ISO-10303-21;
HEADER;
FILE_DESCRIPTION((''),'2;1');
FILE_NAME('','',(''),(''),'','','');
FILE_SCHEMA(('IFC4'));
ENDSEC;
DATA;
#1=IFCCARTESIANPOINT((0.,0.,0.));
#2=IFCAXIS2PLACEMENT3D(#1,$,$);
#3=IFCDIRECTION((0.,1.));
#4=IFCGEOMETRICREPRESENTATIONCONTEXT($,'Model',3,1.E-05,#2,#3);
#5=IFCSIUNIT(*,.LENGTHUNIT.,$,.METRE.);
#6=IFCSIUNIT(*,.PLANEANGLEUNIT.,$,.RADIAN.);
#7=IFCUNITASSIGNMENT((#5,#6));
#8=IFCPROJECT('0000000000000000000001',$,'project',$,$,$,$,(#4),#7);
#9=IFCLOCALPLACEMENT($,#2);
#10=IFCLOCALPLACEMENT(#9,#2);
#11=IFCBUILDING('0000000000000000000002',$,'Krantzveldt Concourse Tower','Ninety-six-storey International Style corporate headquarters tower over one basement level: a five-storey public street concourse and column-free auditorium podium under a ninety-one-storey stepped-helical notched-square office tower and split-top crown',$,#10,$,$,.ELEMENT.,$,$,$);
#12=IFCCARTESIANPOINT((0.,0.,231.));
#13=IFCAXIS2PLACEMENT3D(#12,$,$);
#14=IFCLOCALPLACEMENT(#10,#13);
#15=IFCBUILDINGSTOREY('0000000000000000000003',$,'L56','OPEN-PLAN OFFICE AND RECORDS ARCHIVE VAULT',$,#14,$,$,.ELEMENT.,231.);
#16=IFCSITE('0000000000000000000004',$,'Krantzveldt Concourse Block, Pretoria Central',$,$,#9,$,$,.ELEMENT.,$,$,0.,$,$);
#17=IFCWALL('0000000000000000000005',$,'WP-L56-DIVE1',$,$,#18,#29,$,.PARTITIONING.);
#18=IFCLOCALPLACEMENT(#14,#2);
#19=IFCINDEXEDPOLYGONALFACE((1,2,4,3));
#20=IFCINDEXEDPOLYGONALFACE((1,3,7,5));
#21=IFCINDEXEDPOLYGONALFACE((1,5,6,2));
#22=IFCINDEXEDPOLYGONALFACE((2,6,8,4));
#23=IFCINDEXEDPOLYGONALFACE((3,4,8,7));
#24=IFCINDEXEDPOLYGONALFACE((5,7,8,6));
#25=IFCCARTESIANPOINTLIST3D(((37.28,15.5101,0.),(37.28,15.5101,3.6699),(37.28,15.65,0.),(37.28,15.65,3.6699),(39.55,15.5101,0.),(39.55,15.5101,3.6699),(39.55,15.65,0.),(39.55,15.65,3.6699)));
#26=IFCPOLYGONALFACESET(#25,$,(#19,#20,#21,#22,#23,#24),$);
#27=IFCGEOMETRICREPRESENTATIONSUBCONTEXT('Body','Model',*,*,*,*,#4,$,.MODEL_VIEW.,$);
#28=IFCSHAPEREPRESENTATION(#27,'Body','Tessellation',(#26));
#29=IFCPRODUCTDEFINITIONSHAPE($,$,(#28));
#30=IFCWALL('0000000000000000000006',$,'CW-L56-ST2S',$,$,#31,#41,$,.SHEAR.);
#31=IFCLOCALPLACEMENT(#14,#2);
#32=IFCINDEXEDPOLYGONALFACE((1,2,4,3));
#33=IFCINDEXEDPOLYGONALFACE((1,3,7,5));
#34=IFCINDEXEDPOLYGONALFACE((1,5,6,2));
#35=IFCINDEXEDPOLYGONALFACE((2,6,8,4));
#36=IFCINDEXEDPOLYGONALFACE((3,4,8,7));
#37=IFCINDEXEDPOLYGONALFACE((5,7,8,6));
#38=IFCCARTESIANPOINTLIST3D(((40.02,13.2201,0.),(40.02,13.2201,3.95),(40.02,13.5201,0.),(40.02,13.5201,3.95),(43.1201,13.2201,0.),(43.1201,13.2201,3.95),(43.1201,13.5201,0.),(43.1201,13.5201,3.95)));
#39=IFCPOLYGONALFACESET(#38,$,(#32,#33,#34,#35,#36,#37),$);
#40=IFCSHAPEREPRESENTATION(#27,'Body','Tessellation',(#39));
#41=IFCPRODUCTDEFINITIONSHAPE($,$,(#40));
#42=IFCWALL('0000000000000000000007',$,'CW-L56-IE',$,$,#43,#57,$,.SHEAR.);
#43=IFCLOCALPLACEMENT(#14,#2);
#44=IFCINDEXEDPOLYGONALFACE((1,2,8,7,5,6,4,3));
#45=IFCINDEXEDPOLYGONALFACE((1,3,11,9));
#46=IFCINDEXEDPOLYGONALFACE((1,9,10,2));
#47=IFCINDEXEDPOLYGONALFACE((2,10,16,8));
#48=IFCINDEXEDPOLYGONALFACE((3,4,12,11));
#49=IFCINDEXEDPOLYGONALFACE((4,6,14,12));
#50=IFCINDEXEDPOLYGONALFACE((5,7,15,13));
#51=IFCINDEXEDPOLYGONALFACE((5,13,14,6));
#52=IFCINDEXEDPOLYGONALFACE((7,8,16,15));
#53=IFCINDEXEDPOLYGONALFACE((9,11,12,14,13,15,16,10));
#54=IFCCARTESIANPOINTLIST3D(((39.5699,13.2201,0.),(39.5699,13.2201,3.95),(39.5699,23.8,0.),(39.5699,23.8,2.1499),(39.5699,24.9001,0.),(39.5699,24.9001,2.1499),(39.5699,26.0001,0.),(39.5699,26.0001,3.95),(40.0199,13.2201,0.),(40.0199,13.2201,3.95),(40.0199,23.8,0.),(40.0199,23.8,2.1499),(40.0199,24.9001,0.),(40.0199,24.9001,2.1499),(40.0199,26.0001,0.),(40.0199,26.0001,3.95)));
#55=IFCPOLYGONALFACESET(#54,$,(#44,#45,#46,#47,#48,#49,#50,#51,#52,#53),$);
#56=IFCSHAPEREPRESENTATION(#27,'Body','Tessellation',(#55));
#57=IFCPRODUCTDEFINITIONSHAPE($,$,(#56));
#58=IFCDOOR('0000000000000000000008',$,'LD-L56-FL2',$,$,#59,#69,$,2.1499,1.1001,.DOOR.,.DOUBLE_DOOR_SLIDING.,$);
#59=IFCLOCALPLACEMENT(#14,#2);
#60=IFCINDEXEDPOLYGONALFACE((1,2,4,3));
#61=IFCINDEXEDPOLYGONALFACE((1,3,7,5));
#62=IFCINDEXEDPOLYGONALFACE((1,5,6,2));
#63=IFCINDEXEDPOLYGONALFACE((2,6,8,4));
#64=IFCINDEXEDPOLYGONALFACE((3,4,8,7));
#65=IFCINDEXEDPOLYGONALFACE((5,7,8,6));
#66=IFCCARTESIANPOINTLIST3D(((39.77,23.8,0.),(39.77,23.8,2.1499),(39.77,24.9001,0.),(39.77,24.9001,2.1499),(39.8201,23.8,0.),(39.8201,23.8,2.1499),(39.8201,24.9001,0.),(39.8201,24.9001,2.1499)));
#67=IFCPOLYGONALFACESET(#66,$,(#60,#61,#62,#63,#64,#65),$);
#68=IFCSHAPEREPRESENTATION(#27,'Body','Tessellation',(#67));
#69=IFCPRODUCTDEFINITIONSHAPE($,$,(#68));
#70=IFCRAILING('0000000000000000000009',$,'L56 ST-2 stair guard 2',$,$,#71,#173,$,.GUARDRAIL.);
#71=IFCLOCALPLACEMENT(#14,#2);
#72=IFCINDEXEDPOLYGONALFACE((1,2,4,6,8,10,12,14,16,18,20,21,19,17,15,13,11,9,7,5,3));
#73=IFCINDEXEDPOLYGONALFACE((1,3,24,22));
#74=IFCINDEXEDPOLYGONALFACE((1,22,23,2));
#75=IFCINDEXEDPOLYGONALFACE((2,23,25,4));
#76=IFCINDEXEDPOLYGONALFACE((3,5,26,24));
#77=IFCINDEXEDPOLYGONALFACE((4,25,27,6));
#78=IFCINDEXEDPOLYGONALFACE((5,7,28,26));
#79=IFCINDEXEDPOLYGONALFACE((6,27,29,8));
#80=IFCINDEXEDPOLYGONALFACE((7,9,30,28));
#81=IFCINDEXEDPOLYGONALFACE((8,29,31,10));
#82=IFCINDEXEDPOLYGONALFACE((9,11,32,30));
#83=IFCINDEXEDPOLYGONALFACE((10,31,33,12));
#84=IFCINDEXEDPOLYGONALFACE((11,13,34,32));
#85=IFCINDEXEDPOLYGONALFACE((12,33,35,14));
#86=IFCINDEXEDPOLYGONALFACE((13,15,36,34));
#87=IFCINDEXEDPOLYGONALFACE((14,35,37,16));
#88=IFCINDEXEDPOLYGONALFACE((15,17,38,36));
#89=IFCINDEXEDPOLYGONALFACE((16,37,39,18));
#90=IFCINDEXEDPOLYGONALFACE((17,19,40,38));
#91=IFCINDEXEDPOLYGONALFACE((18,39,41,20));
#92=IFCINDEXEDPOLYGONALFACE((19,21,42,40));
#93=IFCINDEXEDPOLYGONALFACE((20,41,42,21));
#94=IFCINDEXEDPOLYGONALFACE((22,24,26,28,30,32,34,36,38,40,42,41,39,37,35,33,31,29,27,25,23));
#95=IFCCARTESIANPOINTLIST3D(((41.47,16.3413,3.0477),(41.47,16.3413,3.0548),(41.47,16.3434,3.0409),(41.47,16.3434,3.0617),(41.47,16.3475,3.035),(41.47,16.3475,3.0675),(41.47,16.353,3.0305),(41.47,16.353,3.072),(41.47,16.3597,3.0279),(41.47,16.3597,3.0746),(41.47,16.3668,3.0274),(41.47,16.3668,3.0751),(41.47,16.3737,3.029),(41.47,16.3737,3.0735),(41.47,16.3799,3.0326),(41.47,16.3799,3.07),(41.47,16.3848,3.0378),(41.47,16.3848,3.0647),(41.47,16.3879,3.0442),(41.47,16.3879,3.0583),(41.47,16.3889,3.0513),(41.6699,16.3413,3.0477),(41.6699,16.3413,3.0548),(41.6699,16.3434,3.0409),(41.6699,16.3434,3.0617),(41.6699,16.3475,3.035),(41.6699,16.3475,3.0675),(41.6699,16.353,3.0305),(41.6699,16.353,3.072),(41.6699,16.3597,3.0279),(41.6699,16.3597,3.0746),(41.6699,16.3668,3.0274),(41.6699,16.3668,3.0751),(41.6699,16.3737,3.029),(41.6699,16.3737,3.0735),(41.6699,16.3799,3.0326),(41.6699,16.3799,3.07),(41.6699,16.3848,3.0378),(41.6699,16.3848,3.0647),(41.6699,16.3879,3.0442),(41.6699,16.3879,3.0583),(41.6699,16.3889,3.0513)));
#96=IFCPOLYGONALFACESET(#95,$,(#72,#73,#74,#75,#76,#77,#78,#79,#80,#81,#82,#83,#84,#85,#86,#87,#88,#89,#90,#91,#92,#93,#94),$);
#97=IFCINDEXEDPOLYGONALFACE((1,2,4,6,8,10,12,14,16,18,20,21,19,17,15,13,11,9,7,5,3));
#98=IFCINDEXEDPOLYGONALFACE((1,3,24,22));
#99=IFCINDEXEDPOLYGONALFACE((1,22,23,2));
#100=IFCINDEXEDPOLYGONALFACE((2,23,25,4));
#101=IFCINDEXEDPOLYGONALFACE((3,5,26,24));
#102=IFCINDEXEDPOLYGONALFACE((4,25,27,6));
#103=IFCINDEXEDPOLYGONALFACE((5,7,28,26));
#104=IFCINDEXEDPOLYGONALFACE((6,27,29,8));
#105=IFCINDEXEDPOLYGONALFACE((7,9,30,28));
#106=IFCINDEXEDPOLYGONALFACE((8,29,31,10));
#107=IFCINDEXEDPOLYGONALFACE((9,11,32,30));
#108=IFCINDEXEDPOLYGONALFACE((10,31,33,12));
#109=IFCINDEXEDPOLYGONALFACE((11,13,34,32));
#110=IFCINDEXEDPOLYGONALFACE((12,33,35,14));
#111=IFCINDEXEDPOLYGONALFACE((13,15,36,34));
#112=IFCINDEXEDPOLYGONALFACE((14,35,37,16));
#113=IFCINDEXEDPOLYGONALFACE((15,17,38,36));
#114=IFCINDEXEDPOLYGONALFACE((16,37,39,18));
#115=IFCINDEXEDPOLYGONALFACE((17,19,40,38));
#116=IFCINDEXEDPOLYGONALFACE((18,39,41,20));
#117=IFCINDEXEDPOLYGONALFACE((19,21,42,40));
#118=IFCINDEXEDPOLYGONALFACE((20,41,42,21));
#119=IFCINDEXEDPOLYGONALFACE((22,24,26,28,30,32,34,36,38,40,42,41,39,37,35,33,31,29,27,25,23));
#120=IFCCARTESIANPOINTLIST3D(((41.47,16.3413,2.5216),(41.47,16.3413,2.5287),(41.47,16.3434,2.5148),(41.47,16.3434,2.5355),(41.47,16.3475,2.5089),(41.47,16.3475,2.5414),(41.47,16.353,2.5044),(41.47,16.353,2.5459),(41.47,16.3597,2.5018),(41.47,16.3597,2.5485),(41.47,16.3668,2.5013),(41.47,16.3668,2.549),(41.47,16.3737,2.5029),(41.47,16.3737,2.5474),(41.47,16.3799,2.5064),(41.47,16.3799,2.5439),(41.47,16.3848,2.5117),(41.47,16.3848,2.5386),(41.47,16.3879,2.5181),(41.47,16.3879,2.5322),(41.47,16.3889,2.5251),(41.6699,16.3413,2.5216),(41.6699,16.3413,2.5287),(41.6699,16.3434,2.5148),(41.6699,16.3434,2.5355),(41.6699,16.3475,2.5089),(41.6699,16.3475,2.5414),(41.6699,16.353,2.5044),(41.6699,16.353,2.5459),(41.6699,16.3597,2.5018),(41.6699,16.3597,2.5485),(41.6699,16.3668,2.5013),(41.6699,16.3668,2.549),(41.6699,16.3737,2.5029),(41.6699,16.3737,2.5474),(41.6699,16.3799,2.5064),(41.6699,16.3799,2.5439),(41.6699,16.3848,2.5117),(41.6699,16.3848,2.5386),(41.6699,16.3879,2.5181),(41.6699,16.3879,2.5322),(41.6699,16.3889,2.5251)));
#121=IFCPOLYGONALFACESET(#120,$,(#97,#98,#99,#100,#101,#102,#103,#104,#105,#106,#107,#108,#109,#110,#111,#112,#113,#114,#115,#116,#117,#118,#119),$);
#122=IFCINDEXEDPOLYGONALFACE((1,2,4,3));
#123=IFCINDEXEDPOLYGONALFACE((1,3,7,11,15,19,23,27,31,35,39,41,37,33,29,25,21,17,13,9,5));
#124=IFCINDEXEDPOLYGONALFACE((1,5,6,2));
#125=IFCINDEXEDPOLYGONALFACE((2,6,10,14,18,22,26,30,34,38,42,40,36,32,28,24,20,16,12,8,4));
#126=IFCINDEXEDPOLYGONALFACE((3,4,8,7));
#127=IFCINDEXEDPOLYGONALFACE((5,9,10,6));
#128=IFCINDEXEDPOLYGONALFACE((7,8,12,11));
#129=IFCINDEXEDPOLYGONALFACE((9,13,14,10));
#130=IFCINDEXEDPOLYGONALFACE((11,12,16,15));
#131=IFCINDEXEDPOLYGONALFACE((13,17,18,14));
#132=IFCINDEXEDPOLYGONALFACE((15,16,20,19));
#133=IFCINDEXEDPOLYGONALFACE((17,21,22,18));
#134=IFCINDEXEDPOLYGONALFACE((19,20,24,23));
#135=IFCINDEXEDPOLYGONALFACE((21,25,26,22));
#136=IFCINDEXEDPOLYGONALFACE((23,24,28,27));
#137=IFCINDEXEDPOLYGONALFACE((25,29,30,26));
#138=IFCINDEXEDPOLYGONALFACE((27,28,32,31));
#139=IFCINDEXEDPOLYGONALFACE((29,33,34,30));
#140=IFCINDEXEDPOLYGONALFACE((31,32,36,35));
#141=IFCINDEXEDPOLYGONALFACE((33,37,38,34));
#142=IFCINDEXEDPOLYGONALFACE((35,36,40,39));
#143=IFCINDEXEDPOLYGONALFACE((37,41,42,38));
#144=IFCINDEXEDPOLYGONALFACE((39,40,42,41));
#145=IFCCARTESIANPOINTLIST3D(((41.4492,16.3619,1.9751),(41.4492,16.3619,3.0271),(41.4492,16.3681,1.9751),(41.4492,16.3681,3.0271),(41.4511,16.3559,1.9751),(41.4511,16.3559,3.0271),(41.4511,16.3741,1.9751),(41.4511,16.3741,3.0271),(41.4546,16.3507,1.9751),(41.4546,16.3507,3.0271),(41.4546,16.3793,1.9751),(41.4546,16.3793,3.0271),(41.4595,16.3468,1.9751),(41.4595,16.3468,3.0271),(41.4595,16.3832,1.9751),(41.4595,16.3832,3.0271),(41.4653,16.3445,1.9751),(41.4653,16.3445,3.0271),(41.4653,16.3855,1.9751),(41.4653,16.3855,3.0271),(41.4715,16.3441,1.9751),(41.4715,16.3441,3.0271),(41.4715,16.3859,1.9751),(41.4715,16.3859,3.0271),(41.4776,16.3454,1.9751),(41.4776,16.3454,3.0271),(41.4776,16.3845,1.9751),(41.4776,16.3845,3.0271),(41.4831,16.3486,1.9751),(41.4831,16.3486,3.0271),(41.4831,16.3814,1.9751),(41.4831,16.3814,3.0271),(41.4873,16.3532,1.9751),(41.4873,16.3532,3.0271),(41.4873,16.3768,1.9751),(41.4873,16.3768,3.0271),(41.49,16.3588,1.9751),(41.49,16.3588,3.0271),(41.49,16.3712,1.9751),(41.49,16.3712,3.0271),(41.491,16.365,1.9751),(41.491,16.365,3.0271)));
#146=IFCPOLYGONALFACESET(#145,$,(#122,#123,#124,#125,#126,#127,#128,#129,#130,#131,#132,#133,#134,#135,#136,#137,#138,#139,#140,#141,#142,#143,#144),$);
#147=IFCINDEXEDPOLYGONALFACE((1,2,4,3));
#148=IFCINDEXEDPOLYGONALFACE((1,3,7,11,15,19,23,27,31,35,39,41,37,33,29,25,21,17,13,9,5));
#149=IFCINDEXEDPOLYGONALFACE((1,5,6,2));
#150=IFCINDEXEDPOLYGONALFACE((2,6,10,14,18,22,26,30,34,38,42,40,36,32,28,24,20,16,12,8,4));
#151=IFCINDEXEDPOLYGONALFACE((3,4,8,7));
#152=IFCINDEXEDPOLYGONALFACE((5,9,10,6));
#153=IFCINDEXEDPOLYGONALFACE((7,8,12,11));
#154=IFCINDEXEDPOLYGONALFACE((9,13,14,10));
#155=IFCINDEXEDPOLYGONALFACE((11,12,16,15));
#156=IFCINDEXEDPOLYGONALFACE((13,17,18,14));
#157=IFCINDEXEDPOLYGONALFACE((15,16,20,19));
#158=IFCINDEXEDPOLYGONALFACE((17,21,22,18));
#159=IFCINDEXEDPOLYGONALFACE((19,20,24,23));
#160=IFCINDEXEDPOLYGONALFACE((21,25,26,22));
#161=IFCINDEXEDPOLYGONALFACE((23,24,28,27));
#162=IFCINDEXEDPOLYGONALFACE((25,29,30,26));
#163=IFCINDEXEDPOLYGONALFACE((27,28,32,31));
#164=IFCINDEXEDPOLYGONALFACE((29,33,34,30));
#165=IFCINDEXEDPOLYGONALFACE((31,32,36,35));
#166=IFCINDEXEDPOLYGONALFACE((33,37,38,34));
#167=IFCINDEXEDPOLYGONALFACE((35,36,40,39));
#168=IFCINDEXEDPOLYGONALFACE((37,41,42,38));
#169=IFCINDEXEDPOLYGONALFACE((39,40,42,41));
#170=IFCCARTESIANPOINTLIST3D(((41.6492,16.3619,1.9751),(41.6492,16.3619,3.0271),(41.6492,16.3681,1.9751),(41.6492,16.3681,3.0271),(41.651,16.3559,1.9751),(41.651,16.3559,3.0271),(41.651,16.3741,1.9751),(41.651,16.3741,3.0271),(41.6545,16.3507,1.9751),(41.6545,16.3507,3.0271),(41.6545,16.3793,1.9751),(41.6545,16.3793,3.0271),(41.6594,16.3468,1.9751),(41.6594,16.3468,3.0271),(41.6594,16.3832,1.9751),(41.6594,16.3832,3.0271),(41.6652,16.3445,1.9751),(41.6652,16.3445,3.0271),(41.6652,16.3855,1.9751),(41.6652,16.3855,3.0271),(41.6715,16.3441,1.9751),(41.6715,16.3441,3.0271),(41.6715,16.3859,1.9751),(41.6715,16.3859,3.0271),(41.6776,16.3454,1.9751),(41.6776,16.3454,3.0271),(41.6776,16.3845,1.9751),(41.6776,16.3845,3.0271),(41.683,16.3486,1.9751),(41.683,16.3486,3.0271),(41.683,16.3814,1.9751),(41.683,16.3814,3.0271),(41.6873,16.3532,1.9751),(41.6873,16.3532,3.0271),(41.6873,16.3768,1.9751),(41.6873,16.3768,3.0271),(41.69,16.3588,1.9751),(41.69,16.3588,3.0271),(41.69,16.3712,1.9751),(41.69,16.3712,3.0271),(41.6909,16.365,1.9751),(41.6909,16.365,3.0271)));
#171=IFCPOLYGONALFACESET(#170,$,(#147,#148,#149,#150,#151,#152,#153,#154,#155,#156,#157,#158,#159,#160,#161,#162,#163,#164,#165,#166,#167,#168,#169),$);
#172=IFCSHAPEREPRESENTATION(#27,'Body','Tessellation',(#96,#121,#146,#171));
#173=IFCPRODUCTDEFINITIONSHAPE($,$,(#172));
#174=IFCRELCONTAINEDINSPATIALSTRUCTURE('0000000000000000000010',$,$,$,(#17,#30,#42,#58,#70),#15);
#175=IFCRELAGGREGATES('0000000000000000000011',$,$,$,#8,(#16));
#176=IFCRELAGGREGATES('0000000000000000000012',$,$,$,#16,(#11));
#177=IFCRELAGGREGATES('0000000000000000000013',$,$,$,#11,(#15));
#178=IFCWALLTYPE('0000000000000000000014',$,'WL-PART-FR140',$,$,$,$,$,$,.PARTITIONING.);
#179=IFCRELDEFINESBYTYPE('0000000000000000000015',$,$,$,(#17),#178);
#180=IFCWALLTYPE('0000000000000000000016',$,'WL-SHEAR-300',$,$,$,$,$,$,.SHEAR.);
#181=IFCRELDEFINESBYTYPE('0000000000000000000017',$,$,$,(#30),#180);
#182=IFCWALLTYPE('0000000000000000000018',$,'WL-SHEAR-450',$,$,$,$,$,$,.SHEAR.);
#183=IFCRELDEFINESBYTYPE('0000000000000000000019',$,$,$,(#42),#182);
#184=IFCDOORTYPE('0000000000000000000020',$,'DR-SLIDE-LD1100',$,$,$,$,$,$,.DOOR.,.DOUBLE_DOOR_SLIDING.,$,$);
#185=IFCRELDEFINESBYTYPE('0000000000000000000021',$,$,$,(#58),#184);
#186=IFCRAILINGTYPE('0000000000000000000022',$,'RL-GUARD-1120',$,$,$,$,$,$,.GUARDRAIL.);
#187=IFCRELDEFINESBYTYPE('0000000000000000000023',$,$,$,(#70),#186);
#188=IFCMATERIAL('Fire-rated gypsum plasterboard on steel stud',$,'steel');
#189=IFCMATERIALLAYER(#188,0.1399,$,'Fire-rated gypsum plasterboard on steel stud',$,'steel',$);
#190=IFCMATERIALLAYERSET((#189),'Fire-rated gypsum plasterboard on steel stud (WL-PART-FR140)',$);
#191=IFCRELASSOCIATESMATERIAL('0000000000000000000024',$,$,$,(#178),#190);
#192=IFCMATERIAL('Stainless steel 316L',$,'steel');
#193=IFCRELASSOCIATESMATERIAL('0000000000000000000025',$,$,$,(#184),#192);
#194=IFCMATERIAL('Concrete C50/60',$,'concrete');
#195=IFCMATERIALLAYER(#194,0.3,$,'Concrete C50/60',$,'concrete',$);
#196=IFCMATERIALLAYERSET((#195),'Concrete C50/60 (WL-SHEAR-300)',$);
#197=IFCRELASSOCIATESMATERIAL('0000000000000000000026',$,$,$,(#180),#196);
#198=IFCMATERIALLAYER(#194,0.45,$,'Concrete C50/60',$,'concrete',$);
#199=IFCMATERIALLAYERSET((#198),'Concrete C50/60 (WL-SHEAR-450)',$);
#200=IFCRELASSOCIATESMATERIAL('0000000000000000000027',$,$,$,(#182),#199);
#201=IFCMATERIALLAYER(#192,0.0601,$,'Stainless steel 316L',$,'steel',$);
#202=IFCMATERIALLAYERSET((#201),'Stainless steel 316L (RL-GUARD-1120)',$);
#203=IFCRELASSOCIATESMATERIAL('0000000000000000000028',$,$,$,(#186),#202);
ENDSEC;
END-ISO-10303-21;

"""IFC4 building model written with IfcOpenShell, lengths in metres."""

from ifc_helpers import new_model, si_unit, direction, frame, frame_2d, origin, origin_2d, place, context, subcontext, project, spatial, rectangle, circle, extrude, material, layer, layer_set, type_object, element, fill, save


model = new_model("IFC4")

# Units and contexts
model_context = context("Model", 3, precision=1e-05, world=origin(), true_north=direction((0.0, 1.0)))
body_context = subcontext(model_context, "Body", "Model", "MODEL_VIEW")
ifc_project = project(units=[si_unit("LENGTHUNIT", "METRE"), si_unit("PLANEANGLEUNIT", "RADIAN")], contexts=[model_context])

# Site, building, storey
site_placement = place(None, origin())
site = spatial("IfcSite", under=ifc_project, at=site_placement, Name="Krantzveldt Concourse Block, Pretoria Central", CompositionType="ELEMENT", RefElevation=0.0)
building_placement = place(site_placement, origin())
building = spatial("IfcBuilding", under=site, at=building_placement, Name="Krantzveldt Concourse Tower", Description="Ninety-six-storey International Style corporate headquarters tower over one basement level: a five-storey public street concourse and column-free auditorium podium under a ninety-one-storey stepped-helical notched-square office tower and split-top crown", CompositionType="ELEMENT")
storey_placement = place(building_placement, frame((0.0, 0.0, 231.0)))
storey = spatial("IfcBuildingStorey", under=building, at=storey_placement, Name="L56", Description="OPEN-PLAN OFFICE AND RECORDS ARCHIVE VAULT", CompositionType="ELEMENT", Elevation=231.0)

# Shared definitions
ifc_material_1 = material(Name="Fire-rated gypsum plasterboard on steel stud", Category="steel")

# Shared definitions
ifc_layer_1 = layer(ifc_material_1, 0.1399, Name="Fire-rated gypsum plasterboard on steel stud", Category="steel")
ifc_layer_set_1 = layer_set([ifc_layer_1], Name="Fire-rated gypsum plasterboard on steel stud (WL-PART-FR140)")
wall_type_1 = type_object("IfcWallType", Name="WL-PART-FR140", PredefinedType="PARTITIONING", material=ifc_layer_set_1)

# Shared definitions
ifc_material_2 = material(Name="Stainless steel 316L", Category="steel")
door_type_1 = type_object("IfcDoorType", Name="DR-SLIDE-LD1100", OperationType="DOUBLE_DOOR_SLIDING", PredefinedType="DOOR", material=ifc_material_2)

# Walls
wall_1_placement = place(storey_placement, frame((37.28, 15.5801, 0.0), z_axis=(0.0, 0.0, 1.0), x_axis=(1.0, 0.0, 0.0)))
element("IfcWall", 1, at=wall_1_placement, inside=storey, type_object=wall_type_1, Name="WP-L56-DIVE1", PredefinedType="PARTITIONING", context=body_context, shape_type="SweptSolid", body=[
    extrude(rectangle(XDim=2.27, YDim=0.1399, at=frame_2d((1.135, 0.0))), origin(), (0.0, 0.0, 1.0), 3.6699),
])
ifc_material_3 = material(Name="Concrete C50/60", Category="concrete")
ifc_layer_2 = layer(ifc_material_3, 0.3, Name="Concrete C50/60", Category="concrete")
ifc_layer_set_2 = layer_set([ifc_layer_2], Name="Concrete C50/60 (WL-SHEAR-300)")
wall_type_2 = type_object("IfcWallType", Name="WL-SHEAR-300", PredefinedType="SHEAR", material=ifc_layer_set_2)
wall_2_placement = place(storey_placement, frame((40.02, 13.3701, 0.0), z_axis=(0.0, 0.0, 1.0), x_axis=(1.0, 0.0, 0.0)))
element("IfcWall", 2, at=wall_2_placement, inside=storey, type_object=wall_type_2, Name="CW-L56-ST2S", PredefinedType="SHEAR", context=body_context, shape_type="SweptSolid", body=[
    extrude(rectangle(XDim=3.1001, YDim=0.3, at=frame_2d((1.55, 0.0))), origin(), (0.0, 0.0, 1.0), 3.95),
])

# Wall, opening, door
ifc_layer_3 = layer(ifc_material_3, 0.45, Name="Concrete C50/60", Category="concrete")
ifc_layer_set_3 = layer_set([ifc_layer_3], Name="Concrete C50/60 (WL-SHEAR-450)")
wall_type_3 = type_object("IfcWallType", Name="WL-SHEAR-450", PredefinedType="SHEAR", material=ifc_layer_set_3)
wall_3_placement = place(storey_placement, frame((39.7949, 13.22, 0.0), z_axis=(0.0, 0.0, 1.0), x_axis=(0.0, 1.0, 0.0)))
wall_3 = element("IfcWall", 3, at=wall_3_placement, inside=storey, type_object=wall_type_3, Name="CW-L56-IE", PredefinedType="SHEAR", context=body_context, shape_type="SweptSolid", body=[
    extrude(rectangle(XDim=12.78, YDim=0.45, at=frame_2d((6.3901, 0.0))), origin(), (0.0, 0.0, 1.0), 3.95),
])
opening_1_placement = place(wall_3_placement, frame((10.5801, 0.0, 0.0)))
opening_1 = element("IfcOpeningElement", 4, at=opening_1_placement, cuts=wall_3, PredefinedType="OPENING", context=body_context, shape_type="SweptSolid", body=[
    extrude(rectangle(XDim=1.1001, YDim=2.1499, at=frame_2d((0.55, 1.075))), frame((0.0, 0.2349, 0.0), z_axis=(0.0, -1.0, 0.0), x_axis=(1.0, 0.0, 0.0)), (0.0, 0.0, 1.0), 0.47),
])
door_1_placement = place(opening_1_placement, origin())
door_1 = element("IfcDoor", 5, at=door_1_placement, inside=storey, type_object=door_type_1, Name="LD-L56-FL2", OperationType="DOUBLE_DOOR_SLIDING", OverallHeight=2.1499, OverallWidth=1.1001, PredefinedType="DOOR", context=body_context, shape_type="SweptSolid", body=[
    extrude(rectangle(XDim=1.1001, YDim=2.1499, at=frame_2d((0.55, 1.075))), frame((0.0, 0.0249, 0.0), z_axis=(0.0, -1.0, 0.0), x_axis=(1.0, 0.0, 0.0)), (0.0, 0.0, 1.0), 0.05),
])
fill(opening_1, door_1)

# Railing
ifc_layer_4 = layer(ifc_material_2, 0.0601, Name="Stainless steel 316L", Category="steel")
ifc_layer_set_4 = layer_set([ifc_layer_4], Name="Stainless steel 316L (RL-GUARD-1120)")
railing_type = type_object("IfcRailingType", Name="RL-GUARD-1120", PredefinedType="GUARDRAIL", material=ifc_layer_set_4)
railing_placement = place(storey_placement, frame((41.47, 16.365, 1.9751)))
element("IfcRailing", 6, at=railing_placement, inside=storey, type_object=railing_type, Name="L56 ST-2 stair guard 2", PredefinedType="GUARDRAIL", context=body_context, shape_type="SweptSolid", body=[
    extrude(circle(Radius=0.0239, at=origin_2d()), frame((0.0, 0.0, 1.0762), z_axis=(1.0, 0.0, 0.0), x_axis=(0.0, 1.0, 0.0)), (0.0, 0.0, 1.0), 0.2),
    extrude(circle(Radius=0.0239, at=origin_2d()), frame((0.0, 0.0, 0.55), z_axis=(1.0, 0.0, 0.0), x_axis=(0.0, 1.0, 0.0)), (0.0, 0.0, 1.0), 0.2),
    extrude(circle(Radius=0.021, at=origin_2d()), origin(), (0.0, 0.0, 1.0), 1.052),
    extrude(circle(Radius=0.021, at=origin_2d()), frame((0.2, 0.0, 0.0)), (0.0, 0.0, 1.0), 1.052),
])

save(model, "model.ifc")
